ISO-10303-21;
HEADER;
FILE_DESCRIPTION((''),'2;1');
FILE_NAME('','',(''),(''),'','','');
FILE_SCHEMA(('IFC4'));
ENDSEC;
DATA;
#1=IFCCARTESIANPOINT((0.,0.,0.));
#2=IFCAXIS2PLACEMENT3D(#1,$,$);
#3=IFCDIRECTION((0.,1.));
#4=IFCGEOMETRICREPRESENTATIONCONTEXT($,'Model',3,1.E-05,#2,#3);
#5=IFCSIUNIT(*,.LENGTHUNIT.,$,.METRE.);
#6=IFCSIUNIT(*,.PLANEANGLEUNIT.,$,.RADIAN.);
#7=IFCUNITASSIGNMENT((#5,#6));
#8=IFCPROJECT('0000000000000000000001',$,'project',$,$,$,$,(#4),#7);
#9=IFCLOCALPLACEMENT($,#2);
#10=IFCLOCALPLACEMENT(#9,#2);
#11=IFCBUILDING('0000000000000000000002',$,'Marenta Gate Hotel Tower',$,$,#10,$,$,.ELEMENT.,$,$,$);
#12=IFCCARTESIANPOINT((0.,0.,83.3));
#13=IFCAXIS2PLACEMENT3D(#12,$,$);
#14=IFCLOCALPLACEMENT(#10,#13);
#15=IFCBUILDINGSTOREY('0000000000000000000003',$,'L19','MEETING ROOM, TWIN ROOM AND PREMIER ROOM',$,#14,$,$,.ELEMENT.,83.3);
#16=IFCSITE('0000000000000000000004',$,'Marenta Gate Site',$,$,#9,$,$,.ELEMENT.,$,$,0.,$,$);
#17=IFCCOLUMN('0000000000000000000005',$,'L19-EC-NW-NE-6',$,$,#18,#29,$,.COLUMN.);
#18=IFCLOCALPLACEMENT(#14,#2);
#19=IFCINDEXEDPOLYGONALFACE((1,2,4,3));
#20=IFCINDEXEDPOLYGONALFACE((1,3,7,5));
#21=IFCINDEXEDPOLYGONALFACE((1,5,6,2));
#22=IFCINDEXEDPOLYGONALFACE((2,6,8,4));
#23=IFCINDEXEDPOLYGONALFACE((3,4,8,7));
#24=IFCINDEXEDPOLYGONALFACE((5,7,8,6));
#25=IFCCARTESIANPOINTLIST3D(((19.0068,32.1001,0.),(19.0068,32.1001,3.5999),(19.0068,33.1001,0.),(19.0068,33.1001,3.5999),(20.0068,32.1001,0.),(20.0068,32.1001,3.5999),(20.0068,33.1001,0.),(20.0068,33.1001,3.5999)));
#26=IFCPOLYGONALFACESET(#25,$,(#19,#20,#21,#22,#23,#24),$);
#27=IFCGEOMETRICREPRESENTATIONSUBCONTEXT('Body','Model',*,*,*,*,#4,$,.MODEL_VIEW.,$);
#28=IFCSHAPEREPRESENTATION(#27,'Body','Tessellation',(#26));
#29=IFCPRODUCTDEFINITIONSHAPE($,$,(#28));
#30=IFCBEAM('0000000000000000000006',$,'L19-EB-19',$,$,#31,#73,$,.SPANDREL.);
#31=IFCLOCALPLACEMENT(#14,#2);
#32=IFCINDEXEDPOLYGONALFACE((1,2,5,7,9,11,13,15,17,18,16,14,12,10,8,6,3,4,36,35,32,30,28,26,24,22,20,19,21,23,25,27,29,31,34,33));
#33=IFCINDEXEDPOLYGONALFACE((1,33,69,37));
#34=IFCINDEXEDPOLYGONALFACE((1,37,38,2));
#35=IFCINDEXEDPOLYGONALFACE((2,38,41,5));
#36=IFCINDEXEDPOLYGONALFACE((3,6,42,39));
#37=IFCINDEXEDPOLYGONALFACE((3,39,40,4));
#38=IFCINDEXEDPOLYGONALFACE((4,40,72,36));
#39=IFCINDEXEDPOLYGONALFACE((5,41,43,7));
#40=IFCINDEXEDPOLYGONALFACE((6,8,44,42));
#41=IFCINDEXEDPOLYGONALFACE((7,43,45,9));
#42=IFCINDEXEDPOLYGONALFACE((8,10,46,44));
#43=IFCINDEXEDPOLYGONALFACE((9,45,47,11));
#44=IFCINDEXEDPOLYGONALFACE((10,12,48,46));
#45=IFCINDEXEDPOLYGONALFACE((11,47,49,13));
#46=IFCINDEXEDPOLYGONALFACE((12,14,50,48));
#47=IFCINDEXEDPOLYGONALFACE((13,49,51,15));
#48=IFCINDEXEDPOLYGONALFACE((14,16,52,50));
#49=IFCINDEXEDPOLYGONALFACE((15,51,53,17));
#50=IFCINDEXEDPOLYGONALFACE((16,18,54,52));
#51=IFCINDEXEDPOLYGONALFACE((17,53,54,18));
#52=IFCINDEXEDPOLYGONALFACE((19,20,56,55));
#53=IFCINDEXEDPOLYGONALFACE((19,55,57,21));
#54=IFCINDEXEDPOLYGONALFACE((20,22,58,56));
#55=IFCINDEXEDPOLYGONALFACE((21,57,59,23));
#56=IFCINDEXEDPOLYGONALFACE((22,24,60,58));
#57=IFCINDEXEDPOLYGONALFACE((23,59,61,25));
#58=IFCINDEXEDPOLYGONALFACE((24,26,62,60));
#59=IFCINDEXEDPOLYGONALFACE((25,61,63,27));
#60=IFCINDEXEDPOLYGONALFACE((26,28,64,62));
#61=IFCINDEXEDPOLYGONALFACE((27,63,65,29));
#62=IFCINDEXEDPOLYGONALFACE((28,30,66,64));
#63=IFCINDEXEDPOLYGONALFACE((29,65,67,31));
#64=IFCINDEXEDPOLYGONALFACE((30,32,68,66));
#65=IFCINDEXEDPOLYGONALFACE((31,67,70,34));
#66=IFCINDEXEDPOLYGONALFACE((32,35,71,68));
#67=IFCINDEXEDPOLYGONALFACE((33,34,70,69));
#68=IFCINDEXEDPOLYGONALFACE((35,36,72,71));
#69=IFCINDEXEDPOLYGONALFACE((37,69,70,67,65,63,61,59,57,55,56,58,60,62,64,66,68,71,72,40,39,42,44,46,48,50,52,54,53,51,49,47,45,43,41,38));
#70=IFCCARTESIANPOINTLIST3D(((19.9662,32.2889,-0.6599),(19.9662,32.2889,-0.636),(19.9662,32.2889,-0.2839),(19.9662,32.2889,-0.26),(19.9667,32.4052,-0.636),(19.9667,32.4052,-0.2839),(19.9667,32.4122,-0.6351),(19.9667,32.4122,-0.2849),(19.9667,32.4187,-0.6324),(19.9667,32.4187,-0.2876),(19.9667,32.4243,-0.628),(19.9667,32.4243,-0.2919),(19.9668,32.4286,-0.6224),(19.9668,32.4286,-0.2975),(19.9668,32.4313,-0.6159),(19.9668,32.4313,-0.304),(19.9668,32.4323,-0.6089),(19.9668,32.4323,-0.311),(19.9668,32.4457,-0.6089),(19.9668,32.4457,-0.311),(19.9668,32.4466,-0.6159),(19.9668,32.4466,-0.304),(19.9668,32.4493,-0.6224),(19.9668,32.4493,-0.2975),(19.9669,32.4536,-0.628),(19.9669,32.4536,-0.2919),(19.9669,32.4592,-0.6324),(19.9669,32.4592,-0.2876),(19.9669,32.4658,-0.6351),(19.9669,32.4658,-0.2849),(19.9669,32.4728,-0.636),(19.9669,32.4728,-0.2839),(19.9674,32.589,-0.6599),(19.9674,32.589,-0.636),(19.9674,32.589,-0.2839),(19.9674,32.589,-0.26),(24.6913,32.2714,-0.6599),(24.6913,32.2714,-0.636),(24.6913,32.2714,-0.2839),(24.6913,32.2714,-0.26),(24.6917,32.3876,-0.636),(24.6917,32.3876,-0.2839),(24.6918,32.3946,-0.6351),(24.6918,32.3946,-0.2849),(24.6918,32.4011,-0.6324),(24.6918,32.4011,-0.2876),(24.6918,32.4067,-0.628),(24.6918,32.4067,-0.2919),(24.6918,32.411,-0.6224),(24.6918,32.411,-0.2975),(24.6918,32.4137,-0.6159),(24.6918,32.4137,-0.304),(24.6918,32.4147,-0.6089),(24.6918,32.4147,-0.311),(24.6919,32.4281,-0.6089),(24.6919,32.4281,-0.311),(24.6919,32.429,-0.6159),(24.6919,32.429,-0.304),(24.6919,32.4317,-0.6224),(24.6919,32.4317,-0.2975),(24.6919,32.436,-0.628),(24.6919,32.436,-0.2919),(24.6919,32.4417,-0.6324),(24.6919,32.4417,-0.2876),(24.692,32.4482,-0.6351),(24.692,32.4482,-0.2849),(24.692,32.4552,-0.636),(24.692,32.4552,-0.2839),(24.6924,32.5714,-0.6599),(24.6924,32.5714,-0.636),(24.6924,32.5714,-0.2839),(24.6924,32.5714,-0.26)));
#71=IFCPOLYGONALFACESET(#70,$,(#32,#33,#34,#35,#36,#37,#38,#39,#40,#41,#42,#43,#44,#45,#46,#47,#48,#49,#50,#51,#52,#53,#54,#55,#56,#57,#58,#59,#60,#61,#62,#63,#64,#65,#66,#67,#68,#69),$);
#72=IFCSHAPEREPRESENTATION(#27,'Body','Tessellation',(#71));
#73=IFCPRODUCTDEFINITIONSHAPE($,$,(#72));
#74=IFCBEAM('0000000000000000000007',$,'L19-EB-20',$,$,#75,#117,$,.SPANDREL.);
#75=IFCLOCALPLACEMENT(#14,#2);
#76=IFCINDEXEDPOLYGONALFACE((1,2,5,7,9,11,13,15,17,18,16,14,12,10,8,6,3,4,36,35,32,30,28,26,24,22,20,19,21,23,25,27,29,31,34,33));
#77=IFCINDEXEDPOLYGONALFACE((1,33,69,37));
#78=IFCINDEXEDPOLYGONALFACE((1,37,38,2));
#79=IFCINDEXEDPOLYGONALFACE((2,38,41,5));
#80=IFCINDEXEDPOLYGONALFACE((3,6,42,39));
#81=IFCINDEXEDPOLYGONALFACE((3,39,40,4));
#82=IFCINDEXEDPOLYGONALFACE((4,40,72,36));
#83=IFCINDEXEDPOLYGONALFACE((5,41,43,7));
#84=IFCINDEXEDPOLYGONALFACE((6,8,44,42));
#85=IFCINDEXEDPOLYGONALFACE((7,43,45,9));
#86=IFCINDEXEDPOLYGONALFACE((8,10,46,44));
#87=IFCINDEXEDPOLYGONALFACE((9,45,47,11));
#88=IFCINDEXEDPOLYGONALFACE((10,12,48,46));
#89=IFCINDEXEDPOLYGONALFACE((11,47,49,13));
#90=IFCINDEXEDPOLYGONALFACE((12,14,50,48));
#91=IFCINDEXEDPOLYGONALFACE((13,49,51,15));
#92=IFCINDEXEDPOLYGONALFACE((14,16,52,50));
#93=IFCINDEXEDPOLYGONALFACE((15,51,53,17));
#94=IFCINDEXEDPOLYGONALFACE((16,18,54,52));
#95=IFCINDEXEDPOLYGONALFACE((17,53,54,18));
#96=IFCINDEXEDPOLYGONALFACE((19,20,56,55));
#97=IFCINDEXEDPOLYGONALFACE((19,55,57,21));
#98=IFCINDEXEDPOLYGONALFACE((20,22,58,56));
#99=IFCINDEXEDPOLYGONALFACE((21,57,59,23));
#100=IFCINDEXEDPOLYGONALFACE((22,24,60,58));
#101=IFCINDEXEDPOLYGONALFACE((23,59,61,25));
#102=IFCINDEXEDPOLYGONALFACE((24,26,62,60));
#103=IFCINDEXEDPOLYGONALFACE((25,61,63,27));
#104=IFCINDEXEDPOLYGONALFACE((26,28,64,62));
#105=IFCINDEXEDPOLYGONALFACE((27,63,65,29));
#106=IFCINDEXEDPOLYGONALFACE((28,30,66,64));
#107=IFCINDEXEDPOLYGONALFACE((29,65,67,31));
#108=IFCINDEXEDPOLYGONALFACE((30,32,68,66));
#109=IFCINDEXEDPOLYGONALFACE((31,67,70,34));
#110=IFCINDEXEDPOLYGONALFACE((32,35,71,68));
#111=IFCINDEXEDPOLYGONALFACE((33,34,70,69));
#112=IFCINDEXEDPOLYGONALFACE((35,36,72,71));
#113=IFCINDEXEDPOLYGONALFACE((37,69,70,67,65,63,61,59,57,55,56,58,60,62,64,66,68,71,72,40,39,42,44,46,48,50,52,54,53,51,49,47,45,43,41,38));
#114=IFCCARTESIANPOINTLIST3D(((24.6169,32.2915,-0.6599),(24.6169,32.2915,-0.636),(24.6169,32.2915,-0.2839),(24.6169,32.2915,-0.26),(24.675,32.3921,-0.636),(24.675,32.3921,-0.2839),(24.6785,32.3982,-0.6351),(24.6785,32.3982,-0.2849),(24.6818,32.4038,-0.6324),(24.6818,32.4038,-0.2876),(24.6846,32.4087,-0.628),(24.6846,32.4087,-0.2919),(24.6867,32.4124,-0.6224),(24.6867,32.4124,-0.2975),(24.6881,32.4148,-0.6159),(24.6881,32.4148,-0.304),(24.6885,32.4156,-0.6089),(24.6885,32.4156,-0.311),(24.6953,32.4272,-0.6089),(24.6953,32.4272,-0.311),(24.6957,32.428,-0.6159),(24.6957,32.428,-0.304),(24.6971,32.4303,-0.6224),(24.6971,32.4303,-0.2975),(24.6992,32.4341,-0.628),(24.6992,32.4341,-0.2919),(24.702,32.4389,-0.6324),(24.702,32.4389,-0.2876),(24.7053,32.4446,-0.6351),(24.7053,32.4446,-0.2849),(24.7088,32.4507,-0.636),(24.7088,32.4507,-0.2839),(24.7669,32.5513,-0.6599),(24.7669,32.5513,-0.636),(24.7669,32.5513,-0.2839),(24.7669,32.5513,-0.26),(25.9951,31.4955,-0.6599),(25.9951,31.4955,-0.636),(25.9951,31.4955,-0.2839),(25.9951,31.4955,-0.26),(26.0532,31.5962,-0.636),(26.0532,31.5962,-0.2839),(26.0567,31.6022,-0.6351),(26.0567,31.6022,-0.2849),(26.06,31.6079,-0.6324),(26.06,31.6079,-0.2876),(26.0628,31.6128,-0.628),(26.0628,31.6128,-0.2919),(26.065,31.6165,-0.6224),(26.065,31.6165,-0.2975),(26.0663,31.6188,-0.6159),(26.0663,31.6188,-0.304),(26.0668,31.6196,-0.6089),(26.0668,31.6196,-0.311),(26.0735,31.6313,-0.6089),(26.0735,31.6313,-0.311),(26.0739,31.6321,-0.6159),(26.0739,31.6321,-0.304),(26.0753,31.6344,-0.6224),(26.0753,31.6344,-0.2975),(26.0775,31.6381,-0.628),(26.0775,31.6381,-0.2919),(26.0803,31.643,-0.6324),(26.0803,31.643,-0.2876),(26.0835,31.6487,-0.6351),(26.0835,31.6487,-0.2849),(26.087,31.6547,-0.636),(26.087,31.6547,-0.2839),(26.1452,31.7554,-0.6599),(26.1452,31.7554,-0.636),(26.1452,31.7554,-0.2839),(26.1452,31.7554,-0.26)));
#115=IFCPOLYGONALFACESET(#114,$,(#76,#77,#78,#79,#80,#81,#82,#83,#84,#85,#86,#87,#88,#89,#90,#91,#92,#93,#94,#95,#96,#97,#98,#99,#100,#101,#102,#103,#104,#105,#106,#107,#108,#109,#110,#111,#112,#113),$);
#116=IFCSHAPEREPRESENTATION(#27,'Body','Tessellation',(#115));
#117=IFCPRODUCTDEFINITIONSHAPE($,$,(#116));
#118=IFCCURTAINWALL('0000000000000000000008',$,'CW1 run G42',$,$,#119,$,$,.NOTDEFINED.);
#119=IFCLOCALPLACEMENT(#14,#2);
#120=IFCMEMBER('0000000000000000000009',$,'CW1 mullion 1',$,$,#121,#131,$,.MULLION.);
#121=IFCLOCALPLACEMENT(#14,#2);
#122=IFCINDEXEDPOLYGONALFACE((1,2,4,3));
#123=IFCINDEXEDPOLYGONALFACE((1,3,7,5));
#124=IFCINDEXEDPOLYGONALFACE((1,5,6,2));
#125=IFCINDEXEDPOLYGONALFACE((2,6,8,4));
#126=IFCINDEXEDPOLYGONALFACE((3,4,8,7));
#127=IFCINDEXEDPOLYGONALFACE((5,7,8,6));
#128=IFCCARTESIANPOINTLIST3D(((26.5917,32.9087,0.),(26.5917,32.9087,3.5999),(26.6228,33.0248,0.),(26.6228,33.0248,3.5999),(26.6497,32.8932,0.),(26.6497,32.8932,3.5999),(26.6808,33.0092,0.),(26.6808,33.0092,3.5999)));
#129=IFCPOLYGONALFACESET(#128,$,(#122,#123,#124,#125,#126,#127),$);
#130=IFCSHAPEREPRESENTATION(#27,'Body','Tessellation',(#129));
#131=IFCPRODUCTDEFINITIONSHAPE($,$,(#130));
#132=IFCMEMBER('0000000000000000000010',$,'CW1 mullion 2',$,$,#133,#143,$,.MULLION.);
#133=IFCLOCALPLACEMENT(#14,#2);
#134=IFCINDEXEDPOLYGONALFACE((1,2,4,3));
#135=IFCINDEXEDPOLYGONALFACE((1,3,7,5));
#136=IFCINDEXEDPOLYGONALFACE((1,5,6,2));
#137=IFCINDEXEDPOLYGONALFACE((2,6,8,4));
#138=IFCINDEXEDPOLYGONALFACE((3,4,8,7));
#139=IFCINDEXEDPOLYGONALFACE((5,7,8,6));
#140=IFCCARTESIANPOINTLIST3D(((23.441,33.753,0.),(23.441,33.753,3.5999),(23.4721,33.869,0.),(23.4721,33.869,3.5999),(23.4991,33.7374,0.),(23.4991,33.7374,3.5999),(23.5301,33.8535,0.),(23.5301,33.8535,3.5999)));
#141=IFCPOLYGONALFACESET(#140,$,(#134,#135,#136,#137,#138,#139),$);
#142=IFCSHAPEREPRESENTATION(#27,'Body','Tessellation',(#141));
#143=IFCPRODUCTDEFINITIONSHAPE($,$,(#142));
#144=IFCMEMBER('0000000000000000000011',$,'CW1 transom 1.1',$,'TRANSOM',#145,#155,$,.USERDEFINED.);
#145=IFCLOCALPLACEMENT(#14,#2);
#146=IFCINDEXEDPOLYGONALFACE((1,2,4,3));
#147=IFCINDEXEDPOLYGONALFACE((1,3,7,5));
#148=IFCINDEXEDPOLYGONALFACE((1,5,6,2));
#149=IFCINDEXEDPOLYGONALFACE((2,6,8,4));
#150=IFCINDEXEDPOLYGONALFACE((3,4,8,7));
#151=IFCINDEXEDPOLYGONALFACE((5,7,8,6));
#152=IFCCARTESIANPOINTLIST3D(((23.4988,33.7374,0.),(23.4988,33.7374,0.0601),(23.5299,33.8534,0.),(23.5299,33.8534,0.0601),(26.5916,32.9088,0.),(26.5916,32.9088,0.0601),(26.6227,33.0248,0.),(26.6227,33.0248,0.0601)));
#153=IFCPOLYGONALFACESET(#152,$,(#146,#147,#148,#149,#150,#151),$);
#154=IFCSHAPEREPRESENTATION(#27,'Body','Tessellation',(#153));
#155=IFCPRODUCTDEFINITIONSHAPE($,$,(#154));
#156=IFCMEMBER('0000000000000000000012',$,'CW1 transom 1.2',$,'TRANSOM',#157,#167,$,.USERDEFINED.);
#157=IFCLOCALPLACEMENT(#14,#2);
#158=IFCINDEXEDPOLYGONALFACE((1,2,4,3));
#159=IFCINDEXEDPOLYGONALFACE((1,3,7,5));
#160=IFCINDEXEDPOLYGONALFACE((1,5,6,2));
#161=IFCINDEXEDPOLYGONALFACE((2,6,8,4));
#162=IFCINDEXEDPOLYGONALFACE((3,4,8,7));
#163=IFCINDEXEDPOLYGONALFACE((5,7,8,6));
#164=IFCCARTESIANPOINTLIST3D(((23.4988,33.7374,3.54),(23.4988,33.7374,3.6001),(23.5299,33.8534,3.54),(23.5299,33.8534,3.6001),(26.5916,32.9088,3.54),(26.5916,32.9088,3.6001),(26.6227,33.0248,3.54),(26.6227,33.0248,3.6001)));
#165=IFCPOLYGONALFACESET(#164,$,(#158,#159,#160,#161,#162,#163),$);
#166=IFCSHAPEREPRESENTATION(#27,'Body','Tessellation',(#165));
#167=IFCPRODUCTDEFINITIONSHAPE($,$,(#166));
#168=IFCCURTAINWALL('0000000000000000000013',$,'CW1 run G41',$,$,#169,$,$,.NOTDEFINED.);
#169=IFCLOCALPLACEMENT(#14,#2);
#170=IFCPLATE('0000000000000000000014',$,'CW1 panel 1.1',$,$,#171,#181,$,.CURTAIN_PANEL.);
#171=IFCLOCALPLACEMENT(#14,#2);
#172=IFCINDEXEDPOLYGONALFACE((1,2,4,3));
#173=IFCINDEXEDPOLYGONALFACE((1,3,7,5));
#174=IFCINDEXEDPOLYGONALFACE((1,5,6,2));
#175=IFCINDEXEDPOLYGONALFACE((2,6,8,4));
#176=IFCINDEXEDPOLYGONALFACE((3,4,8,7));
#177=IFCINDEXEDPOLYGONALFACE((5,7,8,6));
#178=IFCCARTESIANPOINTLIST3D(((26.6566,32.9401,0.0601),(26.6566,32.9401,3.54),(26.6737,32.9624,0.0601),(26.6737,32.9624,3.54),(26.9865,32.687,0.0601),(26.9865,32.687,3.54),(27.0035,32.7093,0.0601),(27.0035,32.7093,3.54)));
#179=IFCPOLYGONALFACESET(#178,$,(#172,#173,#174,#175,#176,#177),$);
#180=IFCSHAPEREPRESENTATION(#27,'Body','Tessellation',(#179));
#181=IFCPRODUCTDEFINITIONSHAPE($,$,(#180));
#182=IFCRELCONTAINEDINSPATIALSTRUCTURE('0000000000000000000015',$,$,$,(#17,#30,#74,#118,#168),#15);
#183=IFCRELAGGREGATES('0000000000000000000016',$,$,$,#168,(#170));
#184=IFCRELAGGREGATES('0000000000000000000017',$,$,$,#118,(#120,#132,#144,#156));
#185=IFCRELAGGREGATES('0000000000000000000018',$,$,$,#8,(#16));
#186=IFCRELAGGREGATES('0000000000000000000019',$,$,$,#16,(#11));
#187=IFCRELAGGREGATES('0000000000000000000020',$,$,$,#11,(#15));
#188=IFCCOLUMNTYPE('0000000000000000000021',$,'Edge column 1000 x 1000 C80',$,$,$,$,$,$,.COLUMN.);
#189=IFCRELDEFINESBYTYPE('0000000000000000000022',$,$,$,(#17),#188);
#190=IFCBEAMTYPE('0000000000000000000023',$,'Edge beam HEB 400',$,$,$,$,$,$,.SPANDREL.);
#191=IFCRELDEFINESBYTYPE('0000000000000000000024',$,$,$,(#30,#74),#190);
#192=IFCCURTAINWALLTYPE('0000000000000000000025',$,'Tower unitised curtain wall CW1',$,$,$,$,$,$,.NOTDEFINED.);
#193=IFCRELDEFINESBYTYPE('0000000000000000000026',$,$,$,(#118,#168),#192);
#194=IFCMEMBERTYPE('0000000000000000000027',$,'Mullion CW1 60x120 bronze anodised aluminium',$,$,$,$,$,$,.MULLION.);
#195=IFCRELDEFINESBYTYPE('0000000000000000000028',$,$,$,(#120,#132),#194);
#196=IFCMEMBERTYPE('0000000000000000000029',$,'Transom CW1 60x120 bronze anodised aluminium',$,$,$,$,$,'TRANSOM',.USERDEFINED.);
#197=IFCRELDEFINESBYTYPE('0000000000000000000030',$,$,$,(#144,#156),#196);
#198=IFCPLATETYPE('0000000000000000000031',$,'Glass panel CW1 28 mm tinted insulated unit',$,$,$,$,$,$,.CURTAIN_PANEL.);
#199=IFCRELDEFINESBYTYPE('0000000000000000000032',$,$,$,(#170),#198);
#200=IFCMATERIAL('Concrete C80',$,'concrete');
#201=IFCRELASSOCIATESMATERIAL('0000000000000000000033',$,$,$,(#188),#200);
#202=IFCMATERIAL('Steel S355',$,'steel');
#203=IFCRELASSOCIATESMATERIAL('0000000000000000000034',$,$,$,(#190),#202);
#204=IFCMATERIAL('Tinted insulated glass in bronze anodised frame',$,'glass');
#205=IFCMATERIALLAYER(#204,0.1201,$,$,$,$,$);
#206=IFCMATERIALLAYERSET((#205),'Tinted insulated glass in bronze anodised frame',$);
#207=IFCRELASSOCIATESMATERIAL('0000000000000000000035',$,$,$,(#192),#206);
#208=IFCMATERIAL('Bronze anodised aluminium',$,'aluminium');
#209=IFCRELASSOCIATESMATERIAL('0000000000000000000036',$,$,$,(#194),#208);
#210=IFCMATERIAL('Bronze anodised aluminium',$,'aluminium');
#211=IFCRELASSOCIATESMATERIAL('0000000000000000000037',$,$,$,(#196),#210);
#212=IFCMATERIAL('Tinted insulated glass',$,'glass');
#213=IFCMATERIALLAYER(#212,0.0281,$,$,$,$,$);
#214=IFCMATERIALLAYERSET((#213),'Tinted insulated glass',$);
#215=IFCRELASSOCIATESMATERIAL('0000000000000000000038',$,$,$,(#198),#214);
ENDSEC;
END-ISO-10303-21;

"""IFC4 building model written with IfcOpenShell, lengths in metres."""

from ifc_helpers import new_model, si_unit, direction, frame, origin, origin_2d, place, context, subcontext, project, spatial, rectangle, i_section, extrude, material, layer, layer_set, material_profile, profile_set, type_object, element, aggregate, save


model = new_model("IFC4")

# Units and contexts
model_context = context("Model", 3, precision=1e-05, world=origin(), true_north=direction((0.0, 1.0)))
body_context = subcontext(model_context, "Body", "Model", "MODEL_VIEW")
ifc_project = project(units=[si_unit("LENGTHUNIT", "METRE"), si_unit("PLANEANGLEUNIT", "RADIAN")], contexts=[model_context])

# Site, building, storey
site_placement = place(None, origin())
site = spatial("IfcSite", under=ifc_project, at=site_placement, Name="Marenta Gate Site", CompositionType="ELEMENT", RefElevation=0.0)
building_placement = place(site_placement, origin())
building = spatial("IfcBuilding", under=site, at=building_placement, Name="Marenta Gate Hotel Tower", CompositionType="ELEMENT")
storey_placement = place(building_placement, frame((0.0, 0.0, 83.3)))
storey = spatial("IfcBuildingStorey", under=building, at=storey_placement, Name="L19", Description="MEETING ROOM, TWIN ROOM AND PREMIER ROOM", CompositionType="ELEMENT", Elevation=83.3)

# Column
ifc_material_1 = material(Name="Concrete C80", Category="concrete")
ifc_material_profile_1 = material_profile(ifc_material_1, rectangle(XDim=1.0, YDim=1.0, at=origin_2d()), Name="1000 x 1000")
ifc_profile_set_1 = profile_set([ifc_material_profile_1], Name="Concrete C80")
column_type = type_object("IfcColumnType", Name="Edge column 1000 x 1000 C80", PredefinedType="COLUMN", material=ifc_profile_set_1)
column_placement = place(storey_placement, frame((19.5068, 32.6001, 0.0), z_axis=(0.0, 0.0, 1.0), x_axis=(1.0, 0.0, 0.0)))
element("IfcColumn", 1, at=column_placement, inside=storey, type_object=column_type, Name="L19-EC-NW-NE-6", PredefinedType="COLUMN", context=body_context, shape_type="SweptSolid", body=[
    extrude(rectangle(XDim=1.0, YDim=1.0, at=origin_2d()), origin(), (0.0, 0.0, 1.0), 3.5999),
])

# Beams
ifc_material_2 = material(Name="Steel S355", Category="steel")
ifc_material_profile_2 = material_profile(ifc_material_2, i_section(OverallWidth=0.3, OverallDepth=0.3999, WebThickness=0.0134, FlangeThickness=0.0239, FilletRadius=0.0271, at=origin_2d()), Name="HEB 400")
ifc_profile_set_2 = profile_set([ifc_material_profile_2], Name="Steel S355")
beam_type = type_object("IfcBeamType", Name="Edge beam HEB 400", PredefinedType="SPANDREL", material=ifc_profile_set_2)
beam_1_placement = place(storey_placement, frame((19.9668, 32.439, -0.46), z_axis=(0.999993, -0.00372, 0.0), x_axis=(0.00372, 0.999993, 0.0)))
element("IfcBeam", 2, at=beam_1_placement, inside=storey, type_object=beam_type, Name="L19-EB-19", PredefinedType="SPANDREL", context=body_context, shape_type="SweptSolid", body=[
    extrude(i_section(OverallWidth=0.3, OverallDepth=0.3999, WebThickness=0.0134, FlangeThickness=0.0239, FilletRadius=0.0271, at=origin_2d()), origin(), (0.0, 0.0, 1.0), 4.7251),
])
beam_2_placement = place(storey_placement, frame((24.6919, 32.4214, -0.46), z_axis=(0.865968, -0.500099, 0.0), x_axis=(0.500099, 0.865968, 0.0)))
element("IfcBeam", 3, at=beam_2_placement, inside=storey, type_object=beam_type, Name="L19-EB-20", PredefinedType="SPANDREL", context=body_context, shape_type="SweptSolid", body=[
    extrude(i_section(OverallWidth=0.3, OverallDepth=0.3999, WebThickness=0.0134, FlangeThickness=0.0239, FilletRadius=0.0271, at=origin_2d()), origin(), (0.0, 0.0, 1.0), 1.5916),
])

# Curtain wall, members
ifc_material_3 = material(Name="Tinted insulated glass in bronze anodised frame", Category="glass")
ifc_layer_1 = layer(ifc_material_3, 0.1201)
ifc_layer_set_1 = layer_set([ifc_layer_1], Name="Tinted insulated glass in bronze anodised frame")
curtain_wall_type = type_object("IfcCurtainWallType", Name="Tower unitised curtain wall CW1", PredefinedType="NOTDEFINED", material=ifc_layer_set_1)
curtain_wall_1_placement = place(storey_placement, origin())
curtain_wall_1 = element("IfcCurtainWall", 4, at=curtain_wall_1_placement, inside=storey, type_object=curtain_wall_type, Name="CW1 run G42", PredefinedType="NOTDEFINED")
ifc_material_4 = material(Name="Bronze anodised aluminium", Category="aluminium")
ifc_material_profile_3 = material_profile(ifc_material_4, rectangle(XDim=0.1201, YDim=0.0601, at=origin_2d()), Name="Mullion CW1 60x120 bronze anodised aluminium")
ifc_profile_set_3 = profile_set([ifc_material_profile_3], Name="Bronze anodised aluminium")
member_type_1 = type_object("IfcMemberType", Name="Mullion CW1 60x120 bronze anodised aluminium", PredefinedType="MULLION", material=ifc_profile_set_3)
member_1_placement = place(storey_placement, frame((26.6362, 32.959, 0.0), z_axis=(0.0, 0.0, 1.0), x_axis=(-0.258807, -0.965929, 0.0)))
member_1 = element("IfcMember", 5, at=member_1_placement, type_object=member_type_1, Name="CW1 mullion 1", PredefinedType="MULLION", context=body_context, shape_type="SweptSolid", body=[
    extrude(rectangle(XDim=0.1201, YDim=0.0601, at=origin_2d()), origin(), (0.0, 0.0, 1.0), 3.5999),
])
member_2_placement = place(storey_placement, frame((23.4856, 33.8032, 0.0), z_axis=(0.0, 0.0, 1.0), x_axis=(-0.258807, -0.965929, 0.0)))
member_2 = element("IfcMember", 6, at=member_2_placement, type_object=member_type_1, Name="CW1 mullion 2", PredefinedType="MULLION", context=body_context, shape_type="SweptSolid", body=[
    extrude(rectangle(XDim=0.1201, YDim=0.0601, at=origin_2d()), origin(), (0.0, 0.0, 1.0), 3.5999),
])
ifc_material_5 = material(Name="Bronze anodised aluminium", Category="aluminium")
ifc_material_profile_4 = material_profile(ifc_material_5, rectangle(XDim=0.1201, YDim=0.0601, at=origin_2d()), Name="Transom CW1 60x120 bronze anodised aluminium")
ifc_profile_set_4 = profile_set([ifc_material_profile_4], Name="Bronze anodised aluminium")
member_type_2 = type_object("IfcMemberType", Name="Transom CW1 60x120 bronze anodised aluminium", ElementType="TRANSOM", PredefinedType="USERDEFINED", material=ifc_profile_set_4)
member_3_placement = place(storey_placement, frame((26.6072, 32.9668, 0.03), z_axis=(-0.965933, 0.258792, 0.0), x_axis=(-0.258792, -0.965933, 0.0)))
member_3 = element("IfcMember", 7, at=member_3_placement, type_object=member_type_2, Name="CW1 transom 1.1", ObjectType="TRANSOM", PredefinedType="USERDEFINED", context=body_context, shape_type="SweptSolid", body=[
    extrude(rectangle(XDim=0.1201, YDim=0.0601, at=origin_2d()), origin(), (0.0, 0.0, 1.0), 3.2019),
])
member_4_placement = place(storey_placement, frame((26.6072, 32.9668, 3.5701), z_axis=(-0.965933, 0.258792, 0.0), x_axis=(-0.258792, -0.965933, 0.0)))
member_4 = element("IfcMember", 8, at=member_4_placement, type_object=member_type_2, Name="CW1 transom 1.2", ObjectType="TRANSOM", PredefinedType="USERDEFINED", context=body_context, shape_type="SweptSolid", body=[
    extrude(rectangle(XDim=0.1201, YDim=0.0601, at=origin_2d()), origin(), (0.0, 0.0, 1.0), 3.2019),
])

# Curtain wall, plate
curtain_wall_2_placement = place(storey_placement, origin())
curtain_wall_2 = element("IfcCurtainWall", 9, at=curtain_wall_2_placement, inside=storey, type_object=curtain_wall_type, Name="CW1 run G41", PredefinedType="NOTDEFINED")
ifc_material_6 = material(Name="Tinted insulated glass", Category="glass")
ifc_layer_2 = layer(ifc_material_6, 0.0281)
ifc_layer_set_2 = layer_set([ifc_layer_2], Name="Tinted insulated glass")
plate_type = type_object("IfcPlateType", Name="Glass panel CW1 28 mm tinted insulated unit", PredefinedType="CURTAIN_PANEL", material=ifc_layer_set_2)
plate_1_placement = place(storey_placement, frame((26.8301, 32.8247, 0.0601), z_axis=(0.0, 0.0, 1.0), x_axis=(-0.793342, 0.608776, 0.0)))
plate_1 = element("IfcPlate", 10, at=plate_1_placement, type_object=plate_type, Name="CW1 panel 1.1", PredefinedType="CURTAIN_PANEL", context=body_context, shape_type="SweptSolid", body=[
    extrude(rectangle(XDim=0.4158, YDim=0.0281, at=origin_2d()), origin(), (0.0, 0.0, 1.0), 3.48),
])
aggregate(curtain_wall_2, [plate_1])

aggregate(curtain_wall_1, [member_1, member_2, member_3, member_4])

save(model, "model.ifc")
